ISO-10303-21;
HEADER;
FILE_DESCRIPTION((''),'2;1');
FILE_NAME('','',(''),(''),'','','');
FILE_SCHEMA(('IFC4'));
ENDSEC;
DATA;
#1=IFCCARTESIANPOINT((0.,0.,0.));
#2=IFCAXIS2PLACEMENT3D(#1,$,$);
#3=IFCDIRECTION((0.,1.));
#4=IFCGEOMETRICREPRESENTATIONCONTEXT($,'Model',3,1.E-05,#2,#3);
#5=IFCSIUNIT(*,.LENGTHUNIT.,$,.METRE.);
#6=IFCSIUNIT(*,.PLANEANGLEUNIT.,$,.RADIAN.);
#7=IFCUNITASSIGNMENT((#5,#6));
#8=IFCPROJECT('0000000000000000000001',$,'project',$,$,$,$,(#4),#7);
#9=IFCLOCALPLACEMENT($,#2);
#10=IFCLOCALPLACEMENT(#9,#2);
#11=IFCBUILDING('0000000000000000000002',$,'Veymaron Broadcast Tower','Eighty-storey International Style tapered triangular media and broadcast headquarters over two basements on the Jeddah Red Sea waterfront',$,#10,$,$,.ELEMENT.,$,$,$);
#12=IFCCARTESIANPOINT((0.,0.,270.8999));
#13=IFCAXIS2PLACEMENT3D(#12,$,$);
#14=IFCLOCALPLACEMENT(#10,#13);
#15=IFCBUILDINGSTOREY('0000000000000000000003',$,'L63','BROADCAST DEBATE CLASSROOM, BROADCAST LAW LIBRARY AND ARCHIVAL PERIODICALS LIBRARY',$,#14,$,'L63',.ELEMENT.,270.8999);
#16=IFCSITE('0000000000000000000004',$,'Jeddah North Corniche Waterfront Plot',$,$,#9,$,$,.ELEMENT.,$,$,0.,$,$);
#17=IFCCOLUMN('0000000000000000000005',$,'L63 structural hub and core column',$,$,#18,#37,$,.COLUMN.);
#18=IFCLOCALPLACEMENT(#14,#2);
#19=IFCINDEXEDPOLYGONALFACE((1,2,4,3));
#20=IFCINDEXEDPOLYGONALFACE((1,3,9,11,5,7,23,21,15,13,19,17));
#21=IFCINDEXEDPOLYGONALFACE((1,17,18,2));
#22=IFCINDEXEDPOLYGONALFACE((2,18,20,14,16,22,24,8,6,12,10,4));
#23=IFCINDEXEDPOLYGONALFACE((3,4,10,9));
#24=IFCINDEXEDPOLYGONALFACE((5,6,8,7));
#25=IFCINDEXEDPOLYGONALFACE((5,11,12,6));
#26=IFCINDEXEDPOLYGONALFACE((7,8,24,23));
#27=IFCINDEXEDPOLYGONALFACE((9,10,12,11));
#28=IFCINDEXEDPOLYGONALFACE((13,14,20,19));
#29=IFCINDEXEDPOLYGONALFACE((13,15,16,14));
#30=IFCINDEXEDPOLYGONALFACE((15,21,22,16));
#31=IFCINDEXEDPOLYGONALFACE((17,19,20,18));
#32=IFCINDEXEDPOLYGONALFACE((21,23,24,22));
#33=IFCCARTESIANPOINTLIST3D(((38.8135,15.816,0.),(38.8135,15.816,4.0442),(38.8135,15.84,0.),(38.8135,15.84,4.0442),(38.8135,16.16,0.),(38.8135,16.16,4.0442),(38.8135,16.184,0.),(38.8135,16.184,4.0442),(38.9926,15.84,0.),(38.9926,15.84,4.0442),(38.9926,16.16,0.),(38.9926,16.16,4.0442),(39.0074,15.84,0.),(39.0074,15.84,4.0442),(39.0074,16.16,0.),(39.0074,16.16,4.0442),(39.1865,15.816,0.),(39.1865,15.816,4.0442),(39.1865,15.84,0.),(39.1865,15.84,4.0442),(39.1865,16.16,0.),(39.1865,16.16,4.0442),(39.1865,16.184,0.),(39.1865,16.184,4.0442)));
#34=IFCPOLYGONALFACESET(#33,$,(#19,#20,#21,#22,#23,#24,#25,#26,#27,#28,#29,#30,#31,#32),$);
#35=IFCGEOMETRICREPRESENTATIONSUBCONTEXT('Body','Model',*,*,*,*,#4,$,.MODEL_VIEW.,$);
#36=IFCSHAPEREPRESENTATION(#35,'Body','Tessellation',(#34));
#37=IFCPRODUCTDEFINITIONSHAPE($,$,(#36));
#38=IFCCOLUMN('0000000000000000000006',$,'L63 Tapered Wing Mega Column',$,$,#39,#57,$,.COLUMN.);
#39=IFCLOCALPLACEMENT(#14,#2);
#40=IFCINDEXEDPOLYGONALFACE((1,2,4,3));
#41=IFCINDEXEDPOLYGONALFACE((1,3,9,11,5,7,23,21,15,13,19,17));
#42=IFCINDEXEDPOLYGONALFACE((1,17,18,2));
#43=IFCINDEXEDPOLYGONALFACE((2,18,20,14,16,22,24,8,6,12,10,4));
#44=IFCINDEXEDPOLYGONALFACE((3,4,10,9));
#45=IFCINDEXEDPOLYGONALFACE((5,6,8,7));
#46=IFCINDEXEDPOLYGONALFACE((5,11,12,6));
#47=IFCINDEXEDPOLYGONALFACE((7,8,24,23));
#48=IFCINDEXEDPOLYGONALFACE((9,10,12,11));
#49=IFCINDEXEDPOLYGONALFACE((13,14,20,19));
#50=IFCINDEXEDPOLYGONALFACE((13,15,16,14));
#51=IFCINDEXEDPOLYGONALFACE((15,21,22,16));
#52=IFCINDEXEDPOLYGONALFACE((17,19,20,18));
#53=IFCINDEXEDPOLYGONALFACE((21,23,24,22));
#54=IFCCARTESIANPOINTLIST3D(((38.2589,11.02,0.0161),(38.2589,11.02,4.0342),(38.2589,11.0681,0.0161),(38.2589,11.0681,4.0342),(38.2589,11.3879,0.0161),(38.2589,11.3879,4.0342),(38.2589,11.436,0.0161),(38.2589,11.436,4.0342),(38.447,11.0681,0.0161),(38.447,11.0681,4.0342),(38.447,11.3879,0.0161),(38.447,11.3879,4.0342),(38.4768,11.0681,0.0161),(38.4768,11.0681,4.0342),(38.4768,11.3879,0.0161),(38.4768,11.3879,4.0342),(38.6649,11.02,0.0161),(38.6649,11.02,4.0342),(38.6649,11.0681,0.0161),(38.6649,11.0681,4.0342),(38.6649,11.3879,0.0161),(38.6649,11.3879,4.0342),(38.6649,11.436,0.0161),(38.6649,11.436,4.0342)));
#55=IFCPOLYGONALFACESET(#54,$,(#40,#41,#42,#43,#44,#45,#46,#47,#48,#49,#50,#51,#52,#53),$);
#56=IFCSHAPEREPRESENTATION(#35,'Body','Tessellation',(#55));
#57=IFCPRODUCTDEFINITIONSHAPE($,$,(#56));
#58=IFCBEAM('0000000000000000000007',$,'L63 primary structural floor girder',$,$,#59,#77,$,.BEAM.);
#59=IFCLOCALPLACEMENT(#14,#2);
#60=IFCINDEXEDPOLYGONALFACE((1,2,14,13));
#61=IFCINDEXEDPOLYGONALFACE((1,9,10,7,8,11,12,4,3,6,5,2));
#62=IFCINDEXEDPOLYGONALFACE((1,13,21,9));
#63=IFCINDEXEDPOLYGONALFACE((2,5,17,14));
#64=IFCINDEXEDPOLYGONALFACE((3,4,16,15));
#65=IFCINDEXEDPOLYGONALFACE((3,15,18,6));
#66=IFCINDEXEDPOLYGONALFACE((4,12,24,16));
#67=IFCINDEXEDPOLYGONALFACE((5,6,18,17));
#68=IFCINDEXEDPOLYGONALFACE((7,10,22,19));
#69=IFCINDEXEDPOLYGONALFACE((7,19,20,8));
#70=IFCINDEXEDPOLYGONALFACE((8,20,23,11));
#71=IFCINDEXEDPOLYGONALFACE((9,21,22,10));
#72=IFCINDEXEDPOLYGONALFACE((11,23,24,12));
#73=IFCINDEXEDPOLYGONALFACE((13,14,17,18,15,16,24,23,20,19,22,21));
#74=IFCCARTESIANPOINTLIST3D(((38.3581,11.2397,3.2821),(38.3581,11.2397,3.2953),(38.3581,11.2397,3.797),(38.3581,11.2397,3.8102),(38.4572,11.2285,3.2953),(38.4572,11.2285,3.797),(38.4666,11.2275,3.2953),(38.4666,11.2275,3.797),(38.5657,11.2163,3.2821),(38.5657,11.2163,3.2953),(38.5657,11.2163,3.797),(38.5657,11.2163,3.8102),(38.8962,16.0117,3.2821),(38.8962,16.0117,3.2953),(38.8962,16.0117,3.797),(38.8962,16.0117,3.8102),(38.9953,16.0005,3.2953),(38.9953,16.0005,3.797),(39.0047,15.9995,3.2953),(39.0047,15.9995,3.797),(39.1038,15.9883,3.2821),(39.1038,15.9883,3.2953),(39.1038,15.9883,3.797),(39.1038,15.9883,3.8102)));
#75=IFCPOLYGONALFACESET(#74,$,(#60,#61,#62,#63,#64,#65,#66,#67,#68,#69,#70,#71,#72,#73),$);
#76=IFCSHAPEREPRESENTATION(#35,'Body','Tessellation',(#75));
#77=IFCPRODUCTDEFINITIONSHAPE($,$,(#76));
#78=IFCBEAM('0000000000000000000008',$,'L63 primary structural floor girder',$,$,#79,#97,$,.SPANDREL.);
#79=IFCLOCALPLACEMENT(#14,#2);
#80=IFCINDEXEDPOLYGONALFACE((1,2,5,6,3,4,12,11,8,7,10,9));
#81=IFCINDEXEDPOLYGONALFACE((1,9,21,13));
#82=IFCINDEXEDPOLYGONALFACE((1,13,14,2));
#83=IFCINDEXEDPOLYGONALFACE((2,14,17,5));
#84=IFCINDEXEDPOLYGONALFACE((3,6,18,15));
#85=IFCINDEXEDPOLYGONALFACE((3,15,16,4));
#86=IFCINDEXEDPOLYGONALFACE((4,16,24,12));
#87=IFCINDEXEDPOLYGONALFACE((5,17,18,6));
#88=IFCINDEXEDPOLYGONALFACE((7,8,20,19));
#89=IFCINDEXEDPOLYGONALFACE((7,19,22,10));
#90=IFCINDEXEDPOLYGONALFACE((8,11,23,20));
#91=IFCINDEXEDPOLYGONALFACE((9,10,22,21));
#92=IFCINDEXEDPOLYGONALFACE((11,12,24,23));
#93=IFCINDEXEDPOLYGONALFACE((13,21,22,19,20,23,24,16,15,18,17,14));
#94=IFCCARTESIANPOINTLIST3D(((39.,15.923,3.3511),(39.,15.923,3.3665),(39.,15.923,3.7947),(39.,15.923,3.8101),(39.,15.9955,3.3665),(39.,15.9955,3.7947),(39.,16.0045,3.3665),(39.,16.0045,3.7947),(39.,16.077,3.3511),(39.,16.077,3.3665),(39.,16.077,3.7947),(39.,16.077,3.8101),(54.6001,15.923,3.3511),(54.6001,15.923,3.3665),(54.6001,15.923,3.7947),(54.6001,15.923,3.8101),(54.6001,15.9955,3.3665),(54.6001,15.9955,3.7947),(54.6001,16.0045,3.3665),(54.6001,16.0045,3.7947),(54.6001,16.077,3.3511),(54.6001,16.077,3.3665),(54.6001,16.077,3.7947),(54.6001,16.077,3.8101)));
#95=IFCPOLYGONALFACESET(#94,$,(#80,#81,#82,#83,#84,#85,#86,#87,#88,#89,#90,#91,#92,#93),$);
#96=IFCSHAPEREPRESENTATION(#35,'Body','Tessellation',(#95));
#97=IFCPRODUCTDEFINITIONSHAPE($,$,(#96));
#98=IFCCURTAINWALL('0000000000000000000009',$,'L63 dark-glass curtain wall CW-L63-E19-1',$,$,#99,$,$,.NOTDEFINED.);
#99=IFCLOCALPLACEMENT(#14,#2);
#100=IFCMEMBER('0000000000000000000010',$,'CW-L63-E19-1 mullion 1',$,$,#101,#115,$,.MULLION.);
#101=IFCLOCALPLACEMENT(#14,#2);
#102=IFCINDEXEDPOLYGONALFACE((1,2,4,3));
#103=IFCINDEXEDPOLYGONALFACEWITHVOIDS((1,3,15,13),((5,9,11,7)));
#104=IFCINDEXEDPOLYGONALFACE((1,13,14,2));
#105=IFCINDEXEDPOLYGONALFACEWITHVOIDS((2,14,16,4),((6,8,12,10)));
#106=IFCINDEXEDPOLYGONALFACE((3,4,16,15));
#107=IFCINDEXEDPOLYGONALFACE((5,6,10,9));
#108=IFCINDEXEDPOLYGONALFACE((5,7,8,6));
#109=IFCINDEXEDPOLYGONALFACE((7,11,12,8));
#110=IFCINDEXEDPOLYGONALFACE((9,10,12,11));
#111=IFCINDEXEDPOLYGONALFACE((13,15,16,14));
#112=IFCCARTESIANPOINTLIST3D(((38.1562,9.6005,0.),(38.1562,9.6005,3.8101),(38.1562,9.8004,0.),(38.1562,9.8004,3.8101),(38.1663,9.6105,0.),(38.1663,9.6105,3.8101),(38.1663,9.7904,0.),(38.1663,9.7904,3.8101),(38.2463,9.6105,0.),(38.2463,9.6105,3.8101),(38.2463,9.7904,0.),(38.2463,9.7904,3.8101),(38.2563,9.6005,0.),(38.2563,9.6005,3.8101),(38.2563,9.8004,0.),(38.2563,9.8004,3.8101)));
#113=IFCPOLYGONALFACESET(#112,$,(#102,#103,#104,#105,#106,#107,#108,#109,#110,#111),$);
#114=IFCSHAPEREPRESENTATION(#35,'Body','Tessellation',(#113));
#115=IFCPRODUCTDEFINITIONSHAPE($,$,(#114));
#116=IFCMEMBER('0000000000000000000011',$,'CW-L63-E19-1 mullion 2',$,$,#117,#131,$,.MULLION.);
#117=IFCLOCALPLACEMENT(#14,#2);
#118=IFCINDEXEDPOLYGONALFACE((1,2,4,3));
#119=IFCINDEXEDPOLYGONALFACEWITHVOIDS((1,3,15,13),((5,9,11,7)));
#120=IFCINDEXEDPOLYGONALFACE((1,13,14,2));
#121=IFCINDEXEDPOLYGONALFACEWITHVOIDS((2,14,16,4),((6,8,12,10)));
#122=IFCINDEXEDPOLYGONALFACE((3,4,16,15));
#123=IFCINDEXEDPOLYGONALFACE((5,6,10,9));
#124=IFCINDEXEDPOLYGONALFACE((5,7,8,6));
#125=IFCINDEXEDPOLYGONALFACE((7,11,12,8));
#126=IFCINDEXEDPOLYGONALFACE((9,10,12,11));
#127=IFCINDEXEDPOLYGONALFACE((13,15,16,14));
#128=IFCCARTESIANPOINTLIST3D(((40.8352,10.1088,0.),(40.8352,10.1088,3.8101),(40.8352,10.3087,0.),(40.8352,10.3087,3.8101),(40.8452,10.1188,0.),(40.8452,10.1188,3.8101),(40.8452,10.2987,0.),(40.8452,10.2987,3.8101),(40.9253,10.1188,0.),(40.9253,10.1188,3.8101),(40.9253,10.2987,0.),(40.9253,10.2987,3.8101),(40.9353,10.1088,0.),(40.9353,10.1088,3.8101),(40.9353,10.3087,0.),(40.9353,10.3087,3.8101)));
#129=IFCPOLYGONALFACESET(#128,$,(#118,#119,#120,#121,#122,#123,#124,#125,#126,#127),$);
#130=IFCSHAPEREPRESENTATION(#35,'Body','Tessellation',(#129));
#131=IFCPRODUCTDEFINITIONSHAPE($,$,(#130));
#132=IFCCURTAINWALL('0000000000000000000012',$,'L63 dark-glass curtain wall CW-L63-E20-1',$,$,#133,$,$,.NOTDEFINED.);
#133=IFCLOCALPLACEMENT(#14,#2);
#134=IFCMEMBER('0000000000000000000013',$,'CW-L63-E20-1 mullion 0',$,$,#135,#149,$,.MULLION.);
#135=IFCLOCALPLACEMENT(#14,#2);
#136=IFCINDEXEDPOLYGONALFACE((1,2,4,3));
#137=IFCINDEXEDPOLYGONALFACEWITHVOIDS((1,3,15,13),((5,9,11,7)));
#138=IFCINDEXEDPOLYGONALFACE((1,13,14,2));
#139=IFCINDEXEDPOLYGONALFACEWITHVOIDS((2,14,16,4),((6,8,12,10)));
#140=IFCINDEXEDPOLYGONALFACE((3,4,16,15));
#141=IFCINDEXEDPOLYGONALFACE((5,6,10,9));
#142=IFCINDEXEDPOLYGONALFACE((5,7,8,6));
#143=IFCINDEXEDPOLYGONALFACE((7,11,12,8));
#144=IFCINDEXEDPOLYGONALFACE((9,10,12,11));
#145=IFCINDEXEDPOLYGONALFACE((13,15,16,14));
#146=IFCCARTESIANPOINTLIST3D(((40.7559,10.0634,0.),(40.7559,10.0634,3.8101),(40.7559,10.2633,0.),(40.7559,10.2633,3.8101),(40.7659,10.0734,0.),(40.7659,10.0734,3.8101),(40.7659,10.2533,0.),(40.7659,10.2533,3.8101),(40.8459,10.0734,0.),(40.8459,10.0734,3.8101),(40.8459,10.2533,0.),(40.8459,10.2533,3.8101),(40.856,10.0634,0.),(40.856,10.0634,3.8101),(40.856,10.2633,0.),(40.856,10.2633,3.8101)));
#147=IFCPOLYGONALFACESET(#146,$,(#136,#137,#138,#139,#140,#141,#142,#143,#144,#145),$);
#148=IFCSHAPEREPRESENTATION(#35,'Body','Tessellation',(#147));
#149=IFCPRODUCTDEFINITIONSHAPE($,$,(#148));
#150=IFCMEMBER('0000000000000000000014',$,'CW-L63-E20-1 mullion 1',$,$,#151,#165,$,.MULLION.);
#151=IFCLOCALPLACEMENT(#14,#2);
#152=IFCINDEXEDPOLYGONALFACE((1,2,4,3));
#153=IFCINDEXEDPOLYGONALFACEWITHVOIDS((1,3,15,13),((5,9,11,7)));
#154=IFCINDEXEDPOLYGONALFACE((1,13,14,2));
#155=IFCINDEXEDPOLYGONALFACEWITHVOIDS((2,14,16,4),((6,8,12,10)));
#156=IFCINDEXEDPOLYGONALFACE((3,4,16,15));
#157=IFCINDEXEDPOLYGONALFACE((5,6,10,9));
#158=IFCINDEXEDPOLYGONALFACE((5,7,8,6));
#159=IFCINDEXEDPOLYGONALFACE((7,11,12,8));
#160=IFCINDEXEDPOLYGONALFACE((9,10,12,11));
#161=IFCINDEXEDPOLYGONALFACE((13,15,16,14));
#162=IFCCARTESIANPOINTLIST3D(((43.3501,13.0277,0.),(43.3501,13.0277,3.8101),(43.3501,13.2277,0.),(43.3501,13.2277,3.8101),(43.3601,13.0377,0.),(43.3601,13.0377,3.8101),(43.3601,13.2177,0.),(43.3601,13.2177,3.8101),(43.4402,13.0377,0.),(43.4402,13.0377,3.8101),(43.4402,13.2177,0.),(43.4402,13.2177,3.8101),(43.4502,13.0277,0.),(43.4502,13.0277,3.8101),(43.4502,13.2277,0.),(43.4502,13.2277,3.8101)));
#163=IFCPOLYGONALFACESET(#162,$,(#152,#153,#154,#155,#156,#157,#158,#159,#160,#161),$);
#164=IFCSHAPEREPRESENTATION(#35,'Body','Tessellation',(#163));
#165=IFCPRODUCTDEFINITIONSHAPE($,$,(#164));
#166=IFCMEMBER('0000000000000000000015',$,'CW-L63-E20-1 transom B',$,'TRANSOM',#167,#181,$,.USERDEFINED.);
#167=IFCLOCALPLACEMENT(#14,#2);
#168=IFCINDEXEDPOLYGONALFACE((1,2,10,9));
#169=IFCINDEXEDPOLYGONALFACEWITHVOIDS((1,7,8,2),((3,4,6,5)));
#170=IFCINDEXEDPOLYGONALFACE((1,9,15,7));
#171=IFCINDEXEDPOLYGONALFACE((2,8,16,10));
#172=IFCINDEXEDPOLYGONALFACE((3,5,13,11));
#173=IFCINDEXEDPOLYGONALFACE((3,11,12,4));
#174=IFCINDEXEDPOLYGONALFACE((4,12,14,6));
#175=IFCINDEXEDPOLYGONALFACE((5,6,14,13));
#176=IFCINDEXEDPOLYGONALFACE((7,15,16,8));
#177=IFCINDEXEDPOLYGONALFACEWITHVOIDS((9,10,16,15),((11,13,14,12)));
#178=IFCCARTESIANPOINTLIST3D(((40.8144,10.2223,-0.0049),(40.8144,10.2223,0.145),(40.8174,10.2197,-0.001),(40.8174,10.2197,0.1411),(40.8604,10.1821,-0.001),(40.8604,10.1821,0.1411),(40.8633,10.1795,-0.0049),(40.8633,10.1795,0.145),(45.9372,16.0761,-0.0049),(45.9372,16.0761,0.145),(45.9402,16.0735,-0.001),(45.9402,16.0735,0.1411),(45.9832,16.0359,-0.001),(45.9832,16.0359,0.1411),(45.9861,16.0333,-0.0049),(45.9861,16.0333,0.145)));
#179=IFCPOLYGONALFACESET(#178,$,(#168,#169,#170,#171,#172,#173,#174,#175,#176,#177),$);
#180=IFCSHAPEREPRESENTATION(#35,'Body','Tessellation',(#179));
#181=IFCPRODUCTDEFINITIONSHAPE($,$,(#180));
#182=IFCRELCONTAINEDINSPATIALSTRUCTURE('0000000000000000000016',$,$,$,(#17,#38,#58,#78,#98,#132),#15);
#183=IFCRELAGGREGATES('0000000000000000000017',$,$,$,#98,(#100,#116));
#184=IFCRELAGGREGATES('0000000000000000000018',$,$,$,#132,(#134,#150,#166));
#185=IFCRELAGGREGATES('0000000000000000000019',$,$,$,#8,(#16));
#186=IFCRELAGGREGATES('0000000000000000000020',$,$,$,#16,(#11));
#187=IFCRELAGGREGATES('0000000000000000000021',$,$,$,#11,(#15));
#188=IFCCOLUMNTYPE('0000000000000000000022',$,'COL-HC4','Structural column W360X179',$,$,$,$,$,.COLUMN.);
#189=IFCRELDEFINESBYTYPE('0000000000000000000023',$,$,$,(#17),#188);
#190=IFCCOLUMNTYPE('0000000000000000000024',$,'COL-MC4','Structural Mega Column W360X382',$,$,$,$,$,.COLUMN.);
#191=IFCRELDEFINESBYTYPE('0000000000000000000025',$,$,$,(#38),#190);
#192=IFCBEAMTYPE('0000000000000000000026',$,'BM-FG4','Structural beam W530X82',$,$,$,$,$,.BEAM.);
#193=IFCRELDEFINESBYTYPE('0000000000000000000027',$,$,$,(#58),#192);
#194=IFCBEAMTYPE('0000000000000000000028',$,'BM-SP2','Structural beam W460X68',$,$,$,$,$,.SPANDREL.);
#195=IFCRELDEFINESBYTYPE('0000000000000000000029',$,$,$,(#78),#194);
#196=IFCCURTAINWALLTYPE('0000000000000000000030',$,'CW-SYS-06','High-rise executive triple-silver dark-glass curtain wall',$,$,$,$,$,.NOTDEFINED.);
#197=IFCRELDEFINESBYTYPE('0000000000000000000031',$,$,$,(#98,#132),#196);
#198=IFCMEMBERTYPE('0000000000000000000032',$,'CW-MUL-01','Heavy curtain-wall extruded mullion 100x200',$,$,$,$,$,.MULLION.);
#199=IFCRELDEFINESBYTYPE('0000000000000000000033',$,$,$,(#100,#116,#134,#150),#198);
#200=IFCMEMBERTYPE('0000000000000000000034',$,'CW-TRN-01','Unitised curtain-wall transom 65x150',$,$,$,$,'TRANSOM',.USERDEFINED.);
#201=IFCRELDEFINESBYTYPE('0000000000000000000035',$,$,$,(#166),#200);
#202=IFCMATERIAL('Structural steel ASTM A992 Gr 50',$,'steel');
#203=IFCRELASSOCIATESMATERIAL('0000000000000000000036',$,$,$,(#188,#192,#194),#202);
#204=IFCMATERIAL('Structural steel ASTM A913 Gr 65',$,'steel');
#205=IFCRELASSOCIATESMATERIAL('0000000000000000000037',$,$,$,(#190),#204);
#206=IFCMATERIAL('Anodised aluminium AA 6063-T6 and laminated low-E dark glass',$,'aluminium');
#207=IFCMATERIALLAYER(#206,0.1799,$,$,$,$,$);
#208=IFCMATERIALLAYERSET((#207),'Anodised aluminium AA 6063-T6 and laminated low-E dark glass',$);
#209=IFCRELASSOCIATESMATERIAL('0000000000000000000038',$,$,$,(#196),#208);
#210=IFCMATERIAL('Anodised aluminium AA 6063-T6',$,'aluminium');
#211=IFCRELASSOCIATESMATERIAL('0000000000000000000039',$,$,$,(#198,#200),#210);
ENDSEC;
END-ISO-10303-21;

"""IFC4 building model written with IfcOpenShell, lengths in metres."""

from ifc_helpers import new_model, si_unit, direction, frame, origin, origin_2d, place, context, subcontext, project, spatial, hollow_rectangle, i_section, extrude, material, layer, layer_set, material_profile, profile_set, type_object, element, aggregate, save


model = new_model("IFC4")

# Units and contexts
model_context = context("Model", 3, precision=1e-05, world=origin(), true_north=direction((0.0, 1.0)))
body_context = subcontext(model_context, "Body", "Model", "MODEL_VIEW")
ifc_project = project(units=[si_unit("LENGTHUNIT", "METRE"), si_unit("PLANEANGLEUNIT", "RADIAN")], contexts=[model_context])

# Site, building, storey
site_placement = place(None, origin())
site = spatial("IfcSite", under=ifc_project, at=site_placement, Name="Jeddah North Corniche Waterfront Plot", CompositionType="ELEMENT", RefElevation=0.0)
building_placement = place(site_placement, origin())
building = spatial("IfcBuilding", under=site, at=building_placement, Name="Veymaron Broadcast Tower", Description="Eighty-storey International Style tapered triangular media and broadcast headquarters over two basements on the Jeddah Red Sea waterfront", CompositionType="ELEMENT")
storey_placement = place(building_placement, frame((0.0, 0.0, 270.8999)))
storey = spatial("IfcBuildingStorey", under=building, at=storey_placement, Name="L63", Description="BROADCAST DEBATE CLASSROOM, BROADCAST LAW LIBRARY AND ARCHIVAL PERIODICALS LIBRARY", LongName="L63", CompositionType="ELEMENT", Elevation=270.8999)

# Columns
ifc_material_1 = material(Name="Structural steel ASTM A992 Gr 50", Category="steel")
ifc_material_profile_1 = material_profile(ifc_material_1, i_section(OverallWidth=0.373, OverallDepth=0.3679, WebThickness=0.0149, FlangeThickness=0.0239, at=origin_2d()), Name="W360X179")
ifc_profile_set_1 = profile_set([ifc_material_profile_1], Name="Structural steel ASTM A992 Gr 50")
column_type_1 = type_object("IfcColumnType", Name="COL-HC4", Description="Structural column W360X179", PredefinedType="COLUMN", material=ifc_profile_set_1)
column_1_placement = place(storey_placement, frame((39.0, 16.0, 0.0), z_axis=(0.0, 0.0, 1.0), x_axis=(1.0, 0.0, 0.0)))
element("IfcColumn", 1, at=column_1_placement, inside=storey, type_object=column_type_1, Name="L63 structural hub and core column", PredefinedType="COLUMN", context=body_context, shape_type="SweptSolid", body=[
    extrude(i_section(OverallWidth=0.373, OverallDepth=0.3679, WebThickness=0.0149, FlangeThickness=0.0239, at=origin_2d()), origin(), (0.0, 0.0, 1.0), 4.0442),
])
ifc_material_2 = material(Name="Structural steel ASTM A913 Gr 65", Category="steel")
ifc_material_profile_2 = material_profile(ifc_material_2, i_section(OverallWidth=0.406, OverallDepth=0.416, WebThickness=0.0298, FlangeThickness=0.0481, at=origin_2d()), Name="W360X382")
ifc_profile_set_2 = profile_set([ifc_material_profile_2], Name="Structural steel ASTM A913 Gr 65")
column_type_2 = type_object("IfcColumnType", Name="COL-MC4", Description="Structural Mega Column W360X382", PredefinedType="COLUMN", material=ifc_profile_set_2)
column_2_placement = place(storey_placement, frame((38.4619, 11.228, 0.0161), z_axis=(0.0, 0.0, 1.0), x_axis=(1.0, 0.0, 0.0)))
element("IfcColumn", 2, at=column_2_placement, inside=storey, type_object=column_type_2, Name="L63 Tapered Wing Mega Column", PredefinedType="COLUMN", context=body_context, shape_type="SweptSolid", body=[
    extrude(i_section(OverallWidth=0.406, OverallDepth=0.416, WebThickness=0.0298, FlangeThickness=0.0481, at=origin_2d()), origin(), (0.0, 0.0, 1.0), 4.0181),
])

# Beams
ifc_material_profile_3 = material_profile(ifc_material_1, i_section(OverallWidth=0.209, OverallDepth=0.5281, WebThickness=0.0095, FlangeThickness=0.0132, at=origin_2d()), Name="W530X82")
ifc_profile_set_3 = profile_set([ifc_material_profile_3], Name="Structural steel ASTM A992 Gr 50")
beam_type_1 = type_object("IfcBeamType", Name="BM-FG4", Description="Structural beam W530X82", PredefinedType="BEAM", material=ifc_profile_set_3)
beam_1_placement = place(storey_placement, frame((39.0, 16.0, 3.5461), z_axis=(-0.11205, -0.993703, 0.0), x_axis=(0.993703, -0.11205, 0.0)))
element("IfcBeam", 3, at=beam_1_placement, inside=storey, type_object=beam_type_1, Name="L63 primary structural floor girder", PredefinedType="BEAM", context=body_context, shape_type="SweptSolid", body=[
    extrude(i_section(OverallWidth=0.209, OverallDepth=0.5281, WebThickness=0.0095, FlangeThickness=0.0132, at=origin_2d()), origin(), (0.0, 0.0, 1.0), 4.8022),
])
ifc_material_profile_4 = material_profile(ifc_material_1, i_section(OverallWidth=0.1541, OverallDepth=0.459, WebThickness=0.009, FlangeThickness=0.0154, at=origin_2d()), Name="W460X68")
ifc_profile_set_4 = profile_set([ifc_material_profile_4], Name="Structural steel ASTM A992 Gr 50")
beam_type_2 = type_object("IfcBeamType", Name="BM-SP2", Description="Structural beam W460X68", PredefinedType="SPANDREL", material=ifc_profile_set_4)
beam_2_placement = place(storey_placement, frame((39.0, 16.0, 3.5806), z_axis=(1.0, 0.0, 0.0), x_axis=(0.0, 1.0, 0.0)))
element("IfcBeam", 4, at=beam_2_placement, inside=storey, type_object=beam_type_2, Name="L63 primary structural floor girder", PredefinedType="SPANDREL", context=body_context, shape_type="SweptSolid", body=[
    extrude(i_section(OverallWidth=0.1541, OverallDepth=0.459, WebThickness=0.009, FlangeThickness=0.0154, at=origin_2d()), origin(), (0.0, 0.0, 1.0), 15.6001),
])

# Curtain walls, members
ifc_material_3 = material(Name="Anodised aluminium AA 6063-T6 and laminated low-E dark glass", Category="aluminium")
ifc_layer_1 = layer(ifc_material_3, 0.1799)
ifc_layer_set_1 = layer_set([ifc_layer_1], Name="Anodised aluminium AA 6063-T6 and laminated low-E dark glass")
curtain_wall_type = type_object("IfcCurtainWallType", Name="CW-SYS-06", Description="High-rise executive triple-silver dark-glass curtain wall", PredefinedType="NOTDEFINED", material=ifc_layer_set_1)
curtain_wall_1_placement = place(storey_placement, origin())
curtain_wall_1 = element("IfcCurtainWall", 5, at=curtain_wall_1_placement, inside=storey, type_object=curtain_wall_type, Name="L63 dark-glass curtain wall CW-L63-E19-1", PredefinedType="NOTDEFINED")
ifc_material_4 = material(Name="Anodised aluminium AA 6063-T6", Category="aluminium")
ifc_material_profile_5 = material_profile(ifc_material_4, hollow_rectangle(XDim=0.1001, YDim=0.2, WallThickness=0.01, at=origin_2d()), Name="RHS200X100X10")
ifc_profile_set_5 = profile_set([ifc_material_profile_5], Name="Anodised aluminium AA 6063-T6")
member_type_1 = type_object("IfcMemberType", Name="CW-MUL-01", Description="Heavy curtain-wall extruded mullion 100x200", PredefinedType="MULLION", material=ifc_profile_set_5)
member_1_placement = place(storey_placement, frame((38.2063, 9.7004, 0.0), z_axis=(0.0, 0.0, 1.0), x_axis=(1.0, 0.0, 0.0)))
member_1 = element("IfcMember", 6, at=member_1_placement, type_object=member_type_1, Name="CW-L63-E19-1 mullion 1", PredefinedType="MULLION", context=body_context, shape_type="SweptSolid", body=[
    extrude(hollow_rectangle(XDim=0.1001, YDim=0.2, WallThickness=0.01, at=origin_2d()), origin(), (0.0, 0.0, 1.0), 3.8101),
])
member_2_placement = place(storey_placement, frame((40.8853, 10.2087, 0.0), z_axis=(0.0, 0.0, 1.0), x_axis=(1.0, 0.0, 0.0)))
member_2 = element("IfcMember", 7, at=member_2_placement, type_object=member_type_1, Name="CW-L63-E19-1 mullion 2", PredefinedType="MULLION", context=body_context, shape_type="SweptSolid", body=[
    extrude(hollow_rectangle(XDim=0.1001, YDim=0.2, WallThickness=0.01, at=origin_2d()), origin(), (0.0, 0.0, 1.0), 3.8101),
])
curtain_wall_2_placement = place(storey_placement, origin())
curtain_wall_2 = element("IfcCurtainWall", 8, at=curtain_wall_2_placement, inside=storey, type_object=curtain_wall_type, Name="L63 dark-glass curtain wall CW-L63-E20-1", PredefinedType="NOTDEFINED")
member_3_placement = place(storey_placement, frame((40.8059, 10.1633, 0.0), z_axis=(0.0, 0.0, 1.0), x_axis=(1.0, 0.0, 0.0)))
member_3 = element("IfcMember", 9, at=member_3_placement, type_object=member_type_1, Name="CW-L63-E20-1 mullion 0", PredefinedType="MULLION", context=body_context, shape_type="SweptSolid", body=[
    extrude(hollow_rectangle(XDim=0.1001, YDim=0.2, WallThickness=0.01, at=origin_2d()), origin(), (0.0, 0.0, 1.0), 3.8101),
])
member_4_placement = place(storey_placement, frame((43.4001, 13.1277, 0.0), z_axis=(0.0, 0.0, 1.0), x_axis=(1.0, 0.0, 0.0)))
member_4 = element("IfcMember", 10, at=member_4_placement, type_object=member_type_1, Name="CW-L63-E20-1 mullion 1", PredefinedType="MULLION", context=body_context, shape_type="SweptSolid", body=[
    extrude(hollow_rectangle(XDim=0.1001, YDim=0.2, WallThickness=0.01, at=origin_2d()), origin(), (0.0, 0.0, 1.0), 3.8101),
])
ifc_material_profile_6 = material_profile(ifc_material_4, hollow_rectangle(XDim=0.0649, YDim=0.1499, WallThickness=0.0039, at=origin_2d()), Name="AL150X65X4")
ifc_profile_set_6 = profile_set([ifc_material_profile_6], Name="Anodised aluminium AA 6063-T6")
member_type_2 = type_object("IfcMemberType", Name="CW-TRN-01", Description="Unitised curtain-wall transom 65x150", ElementType="TRANSOM", PredefinedType="USERDEFINED", material=ifc_profile_set_6)
member_5_placement = place(storey_placement, frame((40.8389, 10.2009, 0.0701), z_axis=(0.65856, 0.752528, 0.0), x_axis=(-0.752528, 0.65856, 0.0)))
member_5 = element("IfcMember", 11, at=member_5_placement, type_object=member_type_2, Name="CW-L63-E20-1 transom B", ObjectType="TRANSOM", PredefinedType="USERDEFINED", context=body_context, shape_type="SweptSolid", body=[
    extrude(hollow_rectangle(XDim=0.0649, YDim=0.1499, WallThickness=0.0039, at=origin_2d()), origin(), (0.0, 0.0, 1.0), 7.7788),
])

aggregate(curtain_wall_1, [member_1, member_2])
aggregate(curtain_wall_2, [member_3, member_4, member_5])

save(model, "model.ifc")
